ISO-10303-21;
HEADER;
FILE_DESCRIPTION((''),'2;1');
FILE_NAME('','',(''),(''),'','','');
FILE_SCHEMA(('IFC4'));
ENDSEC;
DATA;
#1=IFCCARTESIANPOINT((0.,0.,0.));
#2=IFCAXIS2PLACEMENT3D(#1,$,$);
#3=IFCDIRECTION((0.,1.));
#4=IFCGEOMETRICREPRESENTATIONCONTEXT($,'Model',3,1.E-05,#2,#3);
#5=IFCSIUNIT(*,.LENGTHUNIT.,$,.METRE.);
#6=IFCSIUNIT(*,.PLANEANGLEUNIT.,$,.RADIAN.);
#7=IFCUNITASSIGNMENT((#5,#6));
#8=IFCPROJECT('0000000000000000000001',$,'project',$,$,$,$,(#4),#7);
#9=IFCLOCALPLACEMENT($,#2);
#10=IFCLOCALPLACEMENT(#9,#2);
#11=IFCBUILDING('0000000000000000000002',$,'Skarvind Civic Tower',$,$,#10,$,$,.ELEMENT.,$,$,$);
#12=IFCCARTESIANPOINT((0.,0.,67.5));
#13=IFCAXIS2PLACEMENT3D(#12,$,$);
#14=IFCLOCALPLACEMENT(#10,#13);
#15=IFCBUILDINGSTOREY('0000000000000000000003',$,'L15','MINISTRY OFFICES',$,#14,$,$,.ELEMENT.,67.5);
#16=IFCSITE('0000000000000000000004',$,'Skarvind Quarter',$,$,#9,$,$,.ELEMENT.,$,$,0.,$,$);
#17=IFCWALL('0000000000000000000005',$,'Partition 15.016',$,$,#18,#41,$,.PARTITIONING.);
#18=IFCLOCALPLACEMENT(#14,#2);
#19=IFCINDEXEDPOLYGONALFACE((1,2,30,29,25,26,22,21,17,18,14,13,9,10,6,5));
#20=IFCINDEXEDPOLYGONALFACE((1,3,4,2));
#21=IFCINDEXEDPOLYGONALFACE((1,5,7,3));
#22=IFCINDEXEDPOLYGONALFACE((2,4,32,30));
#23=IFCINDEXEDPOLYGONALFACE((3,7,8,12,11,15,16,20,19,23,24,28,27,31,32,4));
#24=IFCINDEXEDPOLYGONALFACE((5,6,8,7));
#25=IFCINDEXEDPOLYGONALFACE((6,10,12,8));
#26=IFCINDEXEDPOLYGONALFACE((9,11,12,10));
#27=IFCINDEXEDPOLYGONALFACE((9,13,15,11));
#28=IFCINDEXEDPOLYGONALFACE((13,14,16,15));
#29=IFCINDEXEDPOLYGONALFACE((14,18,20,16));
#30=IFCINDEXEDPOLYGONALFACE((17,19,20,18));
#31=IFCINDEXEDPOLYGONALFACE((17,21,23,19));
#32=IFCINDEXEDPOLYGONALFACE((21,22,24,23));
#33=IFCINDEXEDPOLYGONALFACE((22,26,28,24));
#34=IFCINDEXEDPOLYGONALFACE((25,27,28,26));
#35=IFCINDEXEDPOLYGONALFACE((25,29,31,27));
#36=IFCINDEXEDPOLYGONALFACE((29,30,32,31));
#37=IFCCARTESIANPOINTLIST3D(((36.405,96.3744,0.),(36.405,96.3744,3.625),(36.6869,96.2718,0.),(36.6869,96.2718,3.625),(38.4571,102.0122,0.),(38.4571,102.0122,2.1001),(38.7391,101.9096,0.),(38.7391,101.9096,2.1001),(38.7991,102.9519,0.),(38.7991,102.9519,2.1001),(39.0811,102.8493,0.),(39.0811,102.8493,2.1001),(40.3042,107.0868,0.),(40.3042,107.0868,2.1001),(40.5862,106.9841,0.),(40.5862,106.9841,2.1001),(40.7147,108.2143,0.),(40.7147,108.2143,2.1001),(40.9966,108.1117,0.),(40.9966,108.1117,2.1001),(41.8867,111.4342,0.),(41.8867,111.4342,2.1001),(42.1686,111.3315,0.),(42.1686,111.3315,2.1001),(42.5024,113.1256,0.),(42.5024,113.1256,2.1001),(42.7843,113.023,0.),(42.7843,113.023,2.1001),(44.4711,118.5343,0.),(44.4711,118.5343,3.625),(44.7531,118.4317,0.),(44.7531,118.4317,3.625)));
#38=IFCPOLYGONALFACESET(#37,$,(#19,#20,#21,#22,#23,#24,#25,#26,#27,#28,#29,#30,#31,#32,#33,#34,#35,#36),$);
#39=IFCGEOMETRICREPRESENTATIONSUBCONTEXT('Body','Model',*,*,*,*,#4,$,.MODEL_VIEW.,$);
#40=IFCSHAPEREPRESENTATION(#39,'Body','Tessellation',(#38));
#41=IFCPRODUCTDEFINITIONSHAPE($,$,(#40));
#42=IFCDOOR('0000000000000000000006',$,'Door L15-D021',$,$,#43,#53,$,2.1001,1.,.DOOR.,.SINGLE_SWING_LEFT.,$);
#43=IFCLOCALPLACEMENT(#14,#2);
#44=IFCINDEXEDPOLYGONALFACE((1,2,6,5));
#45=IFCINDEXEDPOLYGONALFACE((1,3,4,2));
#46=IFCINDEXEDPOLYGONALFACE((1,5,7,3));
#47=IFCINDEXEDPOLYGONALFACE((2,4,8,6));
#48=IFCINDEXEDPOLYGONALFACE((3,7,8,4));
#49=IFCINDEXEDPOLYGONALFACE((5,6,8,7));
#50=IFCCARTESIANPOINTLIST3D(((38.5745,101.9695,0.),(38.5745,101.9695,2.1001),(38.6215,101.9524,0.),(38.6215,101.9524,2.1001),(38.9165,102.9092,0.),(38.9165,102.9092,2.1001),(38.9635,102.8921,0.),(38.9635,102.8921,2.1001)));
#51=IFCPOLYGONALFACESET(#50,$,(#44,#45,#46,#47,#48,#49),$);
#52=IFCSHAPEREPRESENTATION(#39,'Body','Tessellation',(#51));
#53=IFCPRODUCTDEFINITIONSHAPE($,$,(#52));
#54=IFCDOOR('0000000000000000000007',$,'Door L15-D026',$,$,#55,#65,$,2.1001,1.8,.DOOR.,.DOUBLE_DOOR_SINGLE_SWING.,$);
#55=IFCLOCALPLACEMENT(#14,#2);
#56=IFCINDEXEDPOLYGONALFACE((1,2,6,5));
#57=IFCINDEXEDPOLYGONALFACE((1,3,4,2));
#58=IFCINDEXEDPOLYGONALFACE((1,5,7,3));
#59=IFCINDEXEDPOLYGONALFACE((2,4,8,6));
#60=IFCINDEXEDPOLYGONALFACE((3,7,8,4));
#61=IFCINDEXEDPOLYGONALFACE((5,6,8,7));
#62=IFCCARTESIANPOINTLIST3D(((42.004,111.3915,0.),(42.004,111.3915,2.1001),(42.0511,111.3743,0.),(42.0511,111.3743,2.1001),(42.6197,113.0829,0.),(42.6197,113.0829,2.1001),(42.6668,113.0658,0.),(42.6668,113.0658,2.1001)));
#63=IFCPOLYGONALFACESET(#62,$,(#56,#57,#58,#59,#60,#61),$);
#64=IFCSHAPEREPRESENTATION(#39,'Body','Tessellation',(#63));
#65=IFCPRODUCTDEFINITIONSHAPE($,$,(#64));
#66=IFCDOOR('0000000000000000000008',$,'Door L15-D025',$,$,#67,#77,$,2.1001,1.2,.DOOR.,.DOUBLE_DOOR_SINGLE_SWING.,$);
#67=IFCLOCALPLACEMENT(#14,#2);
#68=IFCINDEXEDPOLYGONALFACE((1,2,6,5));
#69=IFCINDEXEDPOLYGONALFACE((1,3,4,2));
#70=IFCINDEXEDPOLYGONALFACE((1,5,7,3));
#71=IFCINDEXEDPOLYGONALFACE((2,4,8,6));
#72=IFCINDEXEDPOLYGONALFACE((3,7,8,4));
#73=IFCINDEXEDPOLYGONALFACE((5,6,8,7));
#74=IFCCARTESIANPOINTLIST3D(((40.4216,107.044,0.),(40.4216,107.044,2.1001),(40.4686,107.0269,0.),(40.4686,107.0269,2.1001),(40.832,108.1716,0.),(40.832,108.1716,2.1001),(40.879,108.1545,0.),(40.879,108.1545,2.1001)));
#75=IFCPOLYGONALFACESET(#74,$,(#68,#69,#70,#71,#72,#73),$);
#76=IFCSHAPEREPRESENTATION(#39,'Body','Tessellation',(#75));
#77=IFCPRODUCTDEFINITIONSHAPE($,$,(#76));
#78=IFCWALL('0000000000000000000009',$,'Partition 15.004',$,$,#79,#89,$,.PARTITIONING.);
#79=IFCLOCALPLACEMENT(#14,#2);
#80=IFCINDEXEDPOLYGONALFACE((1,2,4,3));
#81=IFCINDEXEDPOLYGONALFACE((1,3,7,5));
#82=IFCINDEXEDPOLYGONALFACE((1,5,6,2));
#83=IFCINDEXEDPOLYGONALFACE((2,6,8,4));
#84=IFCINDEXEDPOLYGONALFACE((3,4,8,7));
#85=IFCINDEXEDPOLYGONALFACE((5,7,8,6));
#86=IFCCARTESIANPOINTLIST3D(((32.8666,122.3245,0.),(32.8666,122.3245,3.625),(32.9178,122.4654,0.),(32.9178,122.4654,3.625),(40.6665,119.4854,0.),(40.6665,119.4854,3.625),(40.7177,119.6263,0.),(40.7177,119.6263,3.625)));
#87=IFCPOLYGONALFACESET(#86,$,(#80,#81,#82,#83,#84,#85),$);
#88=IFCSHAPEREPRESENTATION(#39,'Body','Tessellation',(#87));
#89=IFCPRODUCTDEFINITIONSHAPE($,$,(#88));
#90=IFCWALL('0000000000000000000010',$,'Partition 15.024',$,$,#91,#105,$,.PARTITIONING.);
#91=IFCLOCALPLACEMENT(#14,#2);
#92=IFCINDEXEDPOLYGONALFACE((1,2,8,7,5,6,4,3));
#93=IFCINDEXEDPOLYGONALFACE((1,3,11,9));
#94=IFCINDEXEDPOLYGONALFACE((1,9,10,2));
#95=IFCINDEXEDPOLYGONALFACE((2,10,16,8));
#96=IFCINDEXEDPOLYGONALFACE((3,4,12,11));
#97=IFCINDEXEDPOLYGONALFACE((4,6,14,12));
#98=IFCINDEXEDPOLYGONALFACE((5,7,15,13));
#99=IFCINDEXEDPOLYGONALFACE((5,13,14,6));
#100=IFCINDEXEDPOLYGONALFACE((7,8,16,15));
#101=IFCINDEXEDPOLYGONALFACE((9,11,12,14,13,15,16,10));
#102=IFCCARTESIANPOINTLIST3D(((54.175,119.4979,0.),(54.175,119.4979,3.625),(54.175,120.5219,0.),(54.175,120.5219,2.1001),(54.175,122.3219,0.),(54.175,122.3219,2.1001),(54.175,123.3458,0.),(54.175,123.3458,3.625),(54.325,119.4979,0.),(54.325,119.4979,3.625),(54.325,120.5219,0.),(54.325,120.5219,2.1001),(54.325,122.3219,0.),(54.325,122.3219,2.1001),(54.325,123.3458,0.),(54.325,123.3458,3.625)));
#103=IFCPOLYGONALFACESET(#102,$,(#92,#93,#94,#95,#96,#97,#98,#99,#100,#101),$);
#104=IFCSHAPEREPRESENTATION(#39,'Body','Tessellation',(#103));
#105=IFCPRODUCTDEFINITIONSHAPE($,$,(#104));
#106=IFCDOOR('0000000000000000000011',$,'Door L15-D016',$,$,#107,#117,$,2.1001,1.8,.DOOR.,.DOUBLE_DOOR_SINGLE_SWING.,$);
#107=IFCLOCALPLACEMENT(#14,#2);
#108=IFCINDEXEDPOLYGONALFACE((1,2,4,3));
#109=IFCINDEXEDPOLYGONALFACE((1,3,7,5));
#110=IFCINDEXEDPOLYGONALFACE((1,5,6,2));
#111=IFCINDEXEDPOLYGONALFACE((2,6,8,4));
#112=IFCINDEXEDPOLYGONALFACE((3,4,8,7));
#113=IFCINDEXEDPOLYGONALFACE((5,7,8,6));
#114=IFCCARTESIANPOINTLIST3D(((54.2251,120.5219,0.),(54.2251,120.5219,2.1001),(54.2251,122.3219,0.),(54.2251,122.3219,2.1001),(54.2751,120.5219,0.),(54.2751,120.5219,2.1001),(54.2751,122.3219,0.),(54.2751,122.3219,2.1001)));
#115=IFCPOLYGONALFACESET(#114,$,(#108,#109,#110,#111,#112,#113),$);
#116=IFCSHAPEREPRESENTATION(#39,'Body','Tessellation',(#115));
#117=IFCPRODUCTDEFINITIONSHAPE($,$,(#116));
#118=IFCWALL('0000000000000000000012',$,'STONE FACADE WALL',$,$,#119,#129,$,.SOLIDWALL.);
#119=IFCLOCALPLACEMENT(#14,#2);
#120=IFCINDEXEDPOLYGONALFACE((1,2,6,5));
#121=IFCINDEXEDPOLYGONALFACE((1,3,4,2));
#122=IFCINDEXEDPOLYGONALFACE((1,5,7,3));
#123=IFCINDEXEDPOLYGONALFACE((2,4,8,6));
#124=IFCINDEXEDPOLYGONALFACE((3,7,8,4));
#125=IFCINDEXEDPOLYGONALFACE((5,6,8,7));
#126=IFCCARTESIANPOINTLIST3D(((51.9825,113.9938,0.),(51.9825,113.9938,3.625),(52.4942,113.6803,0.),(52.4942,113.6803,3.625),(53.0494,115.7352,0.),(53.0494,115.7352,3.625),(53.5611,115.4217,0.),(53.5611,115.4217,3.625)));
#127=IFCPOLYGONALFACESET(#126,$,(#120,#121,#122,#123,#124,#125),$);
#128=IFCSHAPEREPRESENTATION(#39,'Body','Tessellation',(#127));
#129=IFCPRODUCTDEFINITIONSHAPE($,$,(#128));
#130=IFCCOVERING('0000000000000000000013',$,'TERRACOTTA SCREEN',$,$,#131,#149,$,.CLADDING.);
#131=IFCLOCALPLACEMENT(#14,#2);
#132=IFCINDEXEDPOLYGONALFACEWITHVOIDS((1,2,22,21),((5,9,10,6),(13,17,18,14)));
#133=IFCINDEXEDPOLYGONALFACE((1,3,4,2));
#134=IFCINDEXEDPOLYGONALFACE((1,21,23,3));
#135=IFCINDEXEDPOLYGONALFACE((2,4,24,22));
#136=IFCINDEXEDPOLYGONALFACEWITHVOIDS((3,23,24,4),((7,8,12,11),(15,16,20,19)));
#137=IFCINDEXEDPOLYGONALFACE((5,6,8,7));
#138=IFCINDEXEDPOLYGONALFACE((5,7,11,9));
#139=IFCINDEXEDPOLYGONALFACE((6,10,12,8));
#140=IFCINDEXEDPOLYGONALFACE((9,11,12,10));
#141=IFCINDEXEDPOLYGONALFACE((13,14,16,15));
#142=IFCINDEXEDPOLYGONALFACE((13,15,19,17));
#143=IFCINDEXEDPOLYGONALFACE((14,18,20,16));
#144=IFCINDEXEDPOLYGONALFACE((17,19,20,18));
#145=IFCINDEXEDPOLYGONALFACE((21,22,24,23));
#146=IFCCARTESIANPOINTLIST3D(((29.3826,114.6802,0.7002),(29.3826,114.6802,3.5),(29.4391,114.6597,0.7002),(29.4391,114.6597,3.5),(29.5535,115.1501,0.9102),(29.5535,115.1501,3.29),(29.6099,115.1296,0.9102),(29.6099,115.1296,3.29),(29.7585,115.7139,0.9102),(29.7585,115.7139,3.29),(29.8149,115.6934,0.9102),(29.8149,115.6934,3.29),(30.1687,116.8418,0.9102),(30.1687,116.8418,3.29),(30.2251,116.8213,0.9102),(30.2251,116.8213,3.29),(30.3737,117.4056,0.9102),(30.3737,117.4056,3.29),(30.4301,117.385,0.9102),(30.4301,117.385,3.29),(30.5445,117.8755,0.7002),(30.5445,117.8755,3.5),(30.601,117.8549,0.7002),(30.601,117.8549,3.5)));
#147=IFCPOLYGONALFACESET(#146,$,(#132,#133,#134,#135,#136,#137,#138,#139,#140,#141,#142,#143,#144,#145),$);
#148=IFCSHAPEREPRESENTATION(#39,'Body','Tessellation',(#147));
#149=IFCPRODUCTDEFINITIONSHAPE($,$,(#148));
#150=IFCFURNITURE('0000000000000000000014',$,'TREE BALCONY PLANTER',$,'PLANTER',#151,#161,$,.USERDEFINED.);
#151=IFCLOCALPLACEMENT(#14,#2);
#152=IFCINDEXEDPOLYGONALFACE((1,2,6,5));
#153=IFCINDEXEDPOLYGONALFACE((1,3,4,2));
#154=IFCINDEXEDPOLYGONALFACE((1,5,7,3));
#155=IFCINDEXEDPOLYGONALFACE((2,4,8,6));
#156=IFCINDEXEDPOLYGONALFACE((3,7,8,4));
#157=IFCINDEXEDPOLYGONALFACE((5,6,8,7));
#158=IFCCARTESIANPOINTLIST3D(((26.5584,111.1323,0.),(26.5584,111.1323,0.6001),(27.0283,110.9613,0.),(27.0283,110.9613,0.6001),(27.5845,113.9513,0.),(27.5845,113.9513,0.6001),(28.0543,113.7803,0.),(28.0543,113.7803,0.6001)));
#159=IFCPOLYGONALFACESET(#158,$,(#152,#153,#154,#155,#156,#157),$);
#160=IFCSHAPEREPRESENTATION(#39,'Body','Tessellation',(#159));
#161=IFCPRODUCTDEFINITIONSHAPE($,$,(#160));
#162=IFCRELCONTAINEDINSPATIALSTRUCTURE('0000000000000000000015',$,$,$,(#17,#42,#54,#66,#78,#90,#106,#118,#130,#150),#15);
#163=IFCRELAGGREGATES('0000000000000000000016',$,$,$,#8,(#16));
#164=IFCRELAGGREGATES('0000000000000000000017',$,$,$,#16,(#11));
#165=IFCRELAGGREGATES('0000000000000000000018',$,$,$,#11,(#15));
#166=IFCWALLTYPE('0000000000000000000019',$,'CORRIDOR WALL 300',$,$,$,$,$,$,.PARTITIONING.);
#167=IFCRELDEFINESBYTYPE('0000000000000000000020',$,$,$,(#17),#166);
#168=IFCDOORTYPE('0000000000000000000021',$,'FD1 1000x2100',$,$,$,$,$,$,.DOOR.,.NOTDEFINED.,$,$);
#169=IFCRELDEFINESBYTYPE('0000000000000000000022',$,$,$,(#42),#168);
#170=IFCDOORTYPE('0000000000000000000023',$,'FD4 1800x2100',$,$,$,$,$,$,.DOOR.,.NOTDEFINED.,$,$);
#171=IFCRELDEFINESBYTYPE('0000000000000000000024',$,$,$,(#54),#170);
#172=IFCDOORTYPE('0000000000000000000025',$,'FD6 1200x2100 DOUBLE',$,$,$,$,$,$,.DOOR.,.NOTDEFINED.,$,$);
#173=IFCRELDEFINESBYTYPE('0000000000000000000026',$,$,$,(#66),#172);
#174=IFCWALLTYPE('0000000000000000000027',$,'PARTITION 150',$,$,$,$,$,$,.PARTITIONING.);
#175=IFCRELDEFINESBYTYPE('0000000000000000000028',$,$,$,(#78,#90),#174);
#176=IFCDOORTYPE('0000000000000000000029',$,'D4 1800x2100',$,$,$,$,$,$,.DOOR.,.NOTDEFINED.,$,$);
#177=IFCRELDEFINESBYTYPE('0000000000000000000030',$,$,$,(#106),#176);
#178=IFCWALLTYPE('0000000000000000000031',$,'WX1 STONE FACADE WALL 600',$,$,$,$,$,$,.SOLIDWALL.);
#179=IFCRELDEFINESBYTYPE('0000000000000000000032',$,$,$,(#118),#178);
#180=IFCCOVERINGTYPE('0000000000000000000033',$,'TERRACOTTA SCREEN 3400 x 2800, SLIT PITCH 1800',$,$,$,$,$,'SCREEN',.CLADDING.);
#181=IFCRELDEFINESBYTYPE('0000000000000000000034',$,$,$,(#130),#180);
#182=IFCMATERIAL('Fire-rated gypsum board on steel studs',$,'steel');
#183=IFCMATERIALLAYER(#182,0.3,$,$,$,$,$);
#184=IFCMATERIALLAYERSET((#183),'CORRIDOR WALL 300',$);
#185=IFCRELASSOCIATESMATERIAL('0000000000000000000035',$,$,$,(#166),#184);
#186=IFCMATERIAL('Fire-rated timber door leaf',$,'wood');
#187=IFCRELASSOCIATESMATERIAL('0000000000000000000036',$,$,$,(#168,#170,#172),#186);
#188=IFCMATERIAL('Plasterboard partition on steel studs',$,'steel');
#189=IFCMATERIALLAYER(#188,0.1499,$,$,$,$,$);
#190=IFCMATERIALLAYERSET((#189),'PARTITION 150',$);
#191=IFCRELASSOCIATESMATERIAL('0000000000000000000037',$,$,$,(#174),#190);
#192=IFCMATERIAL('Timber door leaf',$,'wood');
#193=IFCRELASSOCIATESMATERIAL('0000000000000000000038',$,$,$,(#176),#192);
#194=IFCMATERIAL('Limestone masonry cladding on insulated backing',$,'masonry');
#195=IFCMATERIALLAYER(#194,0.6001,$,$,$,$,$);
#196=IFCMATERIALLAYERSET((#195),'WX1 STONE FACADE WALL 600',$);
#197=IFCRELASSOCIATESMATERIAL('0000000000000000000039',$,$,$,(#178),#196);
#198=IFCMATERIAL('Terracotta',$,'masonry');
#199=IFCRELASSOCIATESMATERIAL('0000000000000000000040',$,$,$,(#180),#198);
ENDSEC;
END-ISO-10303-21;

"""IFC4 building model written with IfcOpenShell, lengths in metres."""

from ifc_helpers import new_model, si_unit, direction, frame, frame_2d, origin, origin_2d, place, context, subcontext, project, spatial, polyline, rectangle, outline, extrude, material, layer, layer_set, material_profile, profile_set, type_object, element, fill, save


model = new_model("IFC4")

# Units and contexts
model_context = context("Model", 3, precision=1e-05, world=origin(), true_north=direction((0.0, 1.0)))
body_context = subcontext(model_context, "Body", "Model", "MODEL_VIEW")
ifc_project = project(units=[si_unit("LENGTHUNIT", "METRE"), si_unit("PLANEANGLEUNIT", "RADIAN")], contexts=[model_context])

# Site, building, storey
site_placement = place(None, origin())
site = spatial("IfcSite", under=ifc_project, at=site_placement, Name="Skarvind Quarter", CompositionType="ELEMENT", RefElevation=0.0)
building_placement = place(site_placement, origin())
building = spatial("IfcBuilding", under=site, at=building_placement, Name="Skarvind Civic Tower", CompositionType="ELEMENT")
storey_placement = place(building_placement, frame((0.0, 0.0, 67.5)))
storey = spatial("IfcBuildingStorey", under=building, at=storey_placement, Name="L15", Description="MINISTRY OFFICES", CompositionType="ELEMENT", Elevation=67.5)

# Shared definitions
ifc_material_1 = material(Name="Timber door leaf", Category="wood")

# Wall, openings, doors
ifc_material_2 = material(Name="Fire-rated gypsum board on steel studs", Category="steel")
ifc_layer_1 = layer(ifc_material_2, 0.3)
ifc_layer_set_1 = layer_set([ifc_layer_1], Name="CORRIDOR WALL 300")
wall_type_1 = type_object("IfcWallType", Name="CORRIDOR WALL 300", PredefinedType="PARTITIONING", material=ifc_layer_set_1)
wall_1_placement = place(storey_placement, frame((44.6121, 118.4829, 0.0), z_axis=(0.0, 0.0, 1.0), x_axis=(-0.342043, -0.939684, 0.0)))
wall_1 = element("IfcWall", 1, at=wall_1_placement, inside=storey, type_object=wall_type_1, Name="Partition 15.016", PredefinedType="PARTITIONING", context=body_context, shape_type="SweptSolid", body=[
    extrude(rectangle(XDim=23.5823, YDim=0.3, at=frame_2d((11.791, 0.0))), origin(), (0.0, 0.0, 1.0), 3.625),
])
opening_1_placement = place(wall_1_placement, frame((16.5825, 0.0, 0.0)))
opening_1 = element("IfcOpeningElement", 2, at=opening_1_placement, cuts=wall_1, PredefinedType="OPENING", context=body_context, shape_type="SweptSolid", body=[
    extrude(rectangle(XDim=1.0, YDim=2.1001, at=frame_2d((0.5, 1.05))), frame((0.0, 0.1599, 0.0), z_axis=(0.0, -1.0, 0.0), x_axis=(1.0, 0.0, 0.0)), (0.0, 0.0, 1.0), 0.3201),
])
opening_2_placement = place(wall_1_placement, frame((10.9822, 0.0, 0.0)))
opening_2 = element("IfcOpeningElement", 3, at=opening_2_placement, cuts=wall_1, PredefinedType="OPENING", context=body_context, shape_type="SweptSolid", body=[
    extrude(rectangle(XDim=1.2, YDim=2.1001, at=frame_2d((0.6001, 1.05))), frame((0.0, 0.1599, 0.0), z_axis=(0.0, -1.0, 0.0), x_axis=(1.0, 0.0, 0.0)), (0.0, 0.0, 1.0), 0.3201),
])
opening_3_placement = place(wall_1_placement, frame((5.7559, 0.0, 0.0)))
opening_3 = element("IfcOpeningElement", 4, at=opening_3_placement, cuts=wall_1, PredefinedType="OPENING", context=body_context, shape_type="SweptSolid", body=[
    extrude(rectangle(XDim=1.8, YDim=2.1001, at=frame_2d((0.8999, 1.05))), frame((0.0, 0.1599, 0.0), z_axis=(0.0, -1.0, 0.0), x_axis=(1.0, 0.0, 0.0)), (0.0, 0.0, 1.0), 0.3201),
])
ifc_material_3 = material(Name="Fire-rated timber door leaf", Category="wood")
door_type_1 = type_object("IfcDoorType", Name="FD1 1000x2100", OperationType="NOTDEFINED", PredefinedType="DOOR", material=ifc_material_3)
door_1_placement = place(opening_1_placement, origin())
door_1 = element("IfcDoor", 5, at=door_1_placement, inside=storey, type_object=door_type_1, Name="Door L15-D021", OperationType="SINGLE_SWING_LEFT", OverallHeight=2.1001, OverallWidth=1.0, PredefinedType="DOOR", context=body_context, shape_type="SweptSolid", body=[
    extrude(rectangle(XDim=1.0, YDim=2.1001, at=frame_2d((0.5, 1.05))), frame((0.0, 0.0249, 0.0), z_axis=(0.0, -1.0, 0.0), x_axis=(1.0, 0.0, 0.0)), (0.0, 0.0, 1.0), 0.05),
])
fill(opening_1, door_1)
door_type_2 = type_object("IfcDoorType", Name="FD4 1800x2100", OperationType="NOTDEFINED", PredefinedType="DOOR", material=ifc_material_3)
door_2_placement = place(opening_3_placement, origin())
door_2 = element("IfcDoor", 6, at=door_2_placement, inside=storey, type_object=door_type_2, Name="Door L15-D026", OperationType="DOUBLE_DOOR_SINGLE_SWING", OverallHeight=2.1001, OverallWidth=1.8, PredefinedType="DOOR", context=body_context, shape_type="SweptSolid", body=[
    extrude(rectangle(XDim=1.8, YDim=2.1001, at=frame_2d((0.8999, 1.05))), frame((0.0, 0.0249, 0.0), z_axis=(0.0, -1.0, 0.0), x_axis=(1.0, 0.0, 0.0)), (0.0, 0.0, 1.0), 0.05),
])
fill(opening_3, door_2)
door_type_3 = type_object("IfcDoorType", Name="FD6 1200x2100 DOUBLE", OperationType="NOTDEFINED", PredefinedType="DOOR", material=ifc_material_3)
door_3_placement = place(opening_2_placement, origin())
door_3 = element("IfcDoor", 7, at=door_3_placement, inside=storey, type_object=door_type_3, Name="Door L15-D025", OperationType="DOUBLE_DOOR_SINGLE_SWING", OverallHeight=2.1001, OverallWidth=1.2, PredefinedType="DOOR", context=body_context, shape_type="SweptSolid", body=[
    extrude(rectangle(XDim=1.2, YDim=2.1001, at=frame_2d((0.6001, 1.05))), frame((0.0, 0.0249, 0.0), z_axis=(0.0, -1.0, 0.0), x_axis=(1.0, 0.0, 0.0)), (0.0, 0.0, 1.0), 0.05),
])
fill(opening_2, door_3)

# Wall
ifc_material_4 = material(Name="Plasterboard partition on steel studs", Category="steel")
ifc_layer_2 = layer(ifc_material_4, 0.1499)
ifc_layer_set_2 = layer_set([ifc_layer_2], Name="PARTITION 150")
wall_type_2 = type_object("IfcWallType", Name="PARTITION 150", PredefinedType="PARTITIONING", material=ifc_layer_set_2)
wall_2_placement = place(storey_placement, frame((32.8921, 122.395, 0.0), z_axis=(0.0, 0.0, 1.0), x_axis=(0.939684, -0.342043, 0.0)))
element("IfcWall", 8, at=wall_2_placement, inside=storey, type_object=wall_type_2, Name="Partition 15.004", PredefinedType="PARTITIONING", context=body_context, shape_type="SweptSolid", body=[
    extrude(rectangle(XDim=8.3005, YDim=0.1499, at=frame_2d((4.1504, 0.0))), origin(), (0.0, 0.0, 1.0), 3.625),
])

# Wall, opening, door
wall_3_placement = place(storey_placement, frame((54.25, 119.498, 0.0), z_axis=(0.0, 0.0, 1.0), x_axis=(0.0, 1.0, 0.0)))
wall_3 = element("IfcWall", 9, at=wall_3_placement, inside=storey, type_object=wall_type_2, Name="Partition 15.024", PredefinedType="PARTITIONING", context=body_context, shape_type="SweptSolid", body=[
    extrude(rectangle(XDim=3.8479, YDim=0.1499, at=frame_2d((1.9238, 0.0))), origin(), (0.0, 0.0, 1.0), 3.625),
])
opening_4_placement = place(wall_3_placement, frame((1.0239, 0.0, 0.0)))
opening_4 = element("IfcOpeningElement", 10, at=opening_4_placement, cuts=wall_3, PredefinedType="OPENING", context=body_context, shape_type="SweptSolid", body=[
    extrude(rectangle(XDim=1.8, YDim=2.1001, at=frame_2d((0.8999, 1.05))), frame((0.0, 0.085, 0.0), z_axis=(0.0, -1.0, 0.0), x_axis=(1.0, 0.0, 0.0)), (0.0, 0.0, 1.0), 0.1699),
])
door_type_4 = type_object("IfcDoorType", Name="D4 1800x2100", OperationType="NOTDEFINED", PredefinedType="DOOR", material=ifc_material_1)
door_4_placement = place(opening_4_placement, origin())
door_4 = element("IfcDoor", 11, at=door_4_placement, inside=storey, type_object=door_type_4, Name="Door L15-D016", OperationType="DOUBLE_DOOR_SINGLE_SWING", OverallHeight=2.1001, OverallWidth=1.8, PredefinedType="DOOR", context=body_context, shape_type="SweptSolid", body=[
    extrude(rectangle(XDim=1.8, YDim=2.1001, at=frame_2d((0.8999, 1.05))), frame((0.0, 0.0249, 0.0), z_axis=(0.0, -1.0, 0.0), x_axis=(1.0, 0.0, 0.0)), (0.0, 0.0, 1.0), 0.05),
])
fill(opening_4, door_4)

# Shared definitions
ifc_material_5 = material(Name="Limestone masonry cladding on insulated backing", Category="masonry")
ifc_layer_3 = layer(ifc_material_5, 0.6001)
ifc_layer_set_3 = layer_set([ifc_layer_3], Name="WX1 STONE FACADE WALL 600")
wall_type_3 = type_object("IfcWallType", Name="WX1 STONE FACADE WALL 600", PredefinedType="SOLIDWALL", material=ifc_layer_set_3)

# Wall
wall_4_placement = place(storey_placement, frame((53.3052, 115.5784, 0.0), z_axis=(0.0, 0.0, 1.0), x_axis=(-0.522402, -0.852699, 0.0)))
element("IfcWall", 12, at=wall_4_placement, inside=storey, type_object=wall_type_3, Name="STONE FACADE WALL", PredefinedType="SOLIDWALL", context=body_context, shape_type="SweptSolid", body=[
    extrude(rectangle(XDim=2.0422, YDim=0.6001, at=frame_2d((1.021, 0.0))), origin(), (0.0, 0.0, 1.0), 3.625),
])

# Covering
ifc_material_6 = material(Name="Terracotta", Category="masonry")
ifc_material_profile_1 = material_profile(ifc_material_6, outline(polyline([(-1.7, -1.3999), (1.7, -1.3999), (1.7, 1.3999), (-1.7, 1.3999), (-1.7, -1.3999)]), holes=[polyline([(-1.2, -1.1899), (-0.6001, -1.1899), (-0.6001, 1.1899), (-1.2, 1.1899), (-1.2, -1.1899)]), polyline([(0.6001, -1.1899), (1.2, -1.1899), (1.2, 1.1899), (0.6001, 1.1899), (0.6001, -1.1899)])]), Name="TERRACOTTA SCREEN 3400 x 2800, SLIT PITCH 1800")
ifc_profile_set_1 = profile_set([ifc_material_profile_1], Name="Terracotta")
covering_type = type_object("IfcCoveringType", Name="TERRACOTTA SCREEN 3400 x 2800, SLIT PITCH 1800", ElementType="SCREEN", PredefinedType="CLADDING", material=ifc_profile_set_1)
covering_placement = place(storey_placement, frame((30.02, 116.2573, 2.1001), z_axis=(-0.939793, 0.341743, 0.0), x_axis=(-0.341743, -0.939793, 0.0)))
element("IfcCovering", 13, at=covering_placement, inside=storey, type_object=covering_type, Name="TERRACOTTA SCREEN", PredefinedType="CLADDING", context=body_context, shape_type="SweptSolid", body=[
    extrude(outline(polyline([(-1.7, -1.3999), (1.7, -1.3999), (1.7, 1.3999), (-1.7, 1.3999), (-1.7, -1.3999)]), holes=[polyline([(-1.2, -1.1899), (-0.6001, -1.1899), (-0.6001, 1.1899), (-1.2, 1.1899), (-1.2, -1.1899)]), polyline([(0.6001, -1.1899), (1.2, -1.1899), (1.2, 1.1899), (0.6001, 1.1899), (0.6001, -1.1899)])]), origin(), (0.0, 0.0, 1.0), 0.0601),
])

# Furniture
furniture_placement = place(storey_placement, frame((27.3064, 112.4563, 0.0), z_axis=(0.0, 0.0, 1.0), x_axis=(0.34202, 0.939693, 0.0)))
element("IfcFurniture", 14, at=furniture_placement, inside=storey, Name="TREE BALCONY PLANTER", ObjectType="PLANTER", PredefinedType="USERDEFINED", context=body_context, shape_type="SweptSolid", body=[
    extrude(rectangle(XDim=3.0, YDim=0.5, at=origin_2d()), origin(), (0.0, 0.0, 1.0), 0.6001),
])

save(model, "model.ifc")
